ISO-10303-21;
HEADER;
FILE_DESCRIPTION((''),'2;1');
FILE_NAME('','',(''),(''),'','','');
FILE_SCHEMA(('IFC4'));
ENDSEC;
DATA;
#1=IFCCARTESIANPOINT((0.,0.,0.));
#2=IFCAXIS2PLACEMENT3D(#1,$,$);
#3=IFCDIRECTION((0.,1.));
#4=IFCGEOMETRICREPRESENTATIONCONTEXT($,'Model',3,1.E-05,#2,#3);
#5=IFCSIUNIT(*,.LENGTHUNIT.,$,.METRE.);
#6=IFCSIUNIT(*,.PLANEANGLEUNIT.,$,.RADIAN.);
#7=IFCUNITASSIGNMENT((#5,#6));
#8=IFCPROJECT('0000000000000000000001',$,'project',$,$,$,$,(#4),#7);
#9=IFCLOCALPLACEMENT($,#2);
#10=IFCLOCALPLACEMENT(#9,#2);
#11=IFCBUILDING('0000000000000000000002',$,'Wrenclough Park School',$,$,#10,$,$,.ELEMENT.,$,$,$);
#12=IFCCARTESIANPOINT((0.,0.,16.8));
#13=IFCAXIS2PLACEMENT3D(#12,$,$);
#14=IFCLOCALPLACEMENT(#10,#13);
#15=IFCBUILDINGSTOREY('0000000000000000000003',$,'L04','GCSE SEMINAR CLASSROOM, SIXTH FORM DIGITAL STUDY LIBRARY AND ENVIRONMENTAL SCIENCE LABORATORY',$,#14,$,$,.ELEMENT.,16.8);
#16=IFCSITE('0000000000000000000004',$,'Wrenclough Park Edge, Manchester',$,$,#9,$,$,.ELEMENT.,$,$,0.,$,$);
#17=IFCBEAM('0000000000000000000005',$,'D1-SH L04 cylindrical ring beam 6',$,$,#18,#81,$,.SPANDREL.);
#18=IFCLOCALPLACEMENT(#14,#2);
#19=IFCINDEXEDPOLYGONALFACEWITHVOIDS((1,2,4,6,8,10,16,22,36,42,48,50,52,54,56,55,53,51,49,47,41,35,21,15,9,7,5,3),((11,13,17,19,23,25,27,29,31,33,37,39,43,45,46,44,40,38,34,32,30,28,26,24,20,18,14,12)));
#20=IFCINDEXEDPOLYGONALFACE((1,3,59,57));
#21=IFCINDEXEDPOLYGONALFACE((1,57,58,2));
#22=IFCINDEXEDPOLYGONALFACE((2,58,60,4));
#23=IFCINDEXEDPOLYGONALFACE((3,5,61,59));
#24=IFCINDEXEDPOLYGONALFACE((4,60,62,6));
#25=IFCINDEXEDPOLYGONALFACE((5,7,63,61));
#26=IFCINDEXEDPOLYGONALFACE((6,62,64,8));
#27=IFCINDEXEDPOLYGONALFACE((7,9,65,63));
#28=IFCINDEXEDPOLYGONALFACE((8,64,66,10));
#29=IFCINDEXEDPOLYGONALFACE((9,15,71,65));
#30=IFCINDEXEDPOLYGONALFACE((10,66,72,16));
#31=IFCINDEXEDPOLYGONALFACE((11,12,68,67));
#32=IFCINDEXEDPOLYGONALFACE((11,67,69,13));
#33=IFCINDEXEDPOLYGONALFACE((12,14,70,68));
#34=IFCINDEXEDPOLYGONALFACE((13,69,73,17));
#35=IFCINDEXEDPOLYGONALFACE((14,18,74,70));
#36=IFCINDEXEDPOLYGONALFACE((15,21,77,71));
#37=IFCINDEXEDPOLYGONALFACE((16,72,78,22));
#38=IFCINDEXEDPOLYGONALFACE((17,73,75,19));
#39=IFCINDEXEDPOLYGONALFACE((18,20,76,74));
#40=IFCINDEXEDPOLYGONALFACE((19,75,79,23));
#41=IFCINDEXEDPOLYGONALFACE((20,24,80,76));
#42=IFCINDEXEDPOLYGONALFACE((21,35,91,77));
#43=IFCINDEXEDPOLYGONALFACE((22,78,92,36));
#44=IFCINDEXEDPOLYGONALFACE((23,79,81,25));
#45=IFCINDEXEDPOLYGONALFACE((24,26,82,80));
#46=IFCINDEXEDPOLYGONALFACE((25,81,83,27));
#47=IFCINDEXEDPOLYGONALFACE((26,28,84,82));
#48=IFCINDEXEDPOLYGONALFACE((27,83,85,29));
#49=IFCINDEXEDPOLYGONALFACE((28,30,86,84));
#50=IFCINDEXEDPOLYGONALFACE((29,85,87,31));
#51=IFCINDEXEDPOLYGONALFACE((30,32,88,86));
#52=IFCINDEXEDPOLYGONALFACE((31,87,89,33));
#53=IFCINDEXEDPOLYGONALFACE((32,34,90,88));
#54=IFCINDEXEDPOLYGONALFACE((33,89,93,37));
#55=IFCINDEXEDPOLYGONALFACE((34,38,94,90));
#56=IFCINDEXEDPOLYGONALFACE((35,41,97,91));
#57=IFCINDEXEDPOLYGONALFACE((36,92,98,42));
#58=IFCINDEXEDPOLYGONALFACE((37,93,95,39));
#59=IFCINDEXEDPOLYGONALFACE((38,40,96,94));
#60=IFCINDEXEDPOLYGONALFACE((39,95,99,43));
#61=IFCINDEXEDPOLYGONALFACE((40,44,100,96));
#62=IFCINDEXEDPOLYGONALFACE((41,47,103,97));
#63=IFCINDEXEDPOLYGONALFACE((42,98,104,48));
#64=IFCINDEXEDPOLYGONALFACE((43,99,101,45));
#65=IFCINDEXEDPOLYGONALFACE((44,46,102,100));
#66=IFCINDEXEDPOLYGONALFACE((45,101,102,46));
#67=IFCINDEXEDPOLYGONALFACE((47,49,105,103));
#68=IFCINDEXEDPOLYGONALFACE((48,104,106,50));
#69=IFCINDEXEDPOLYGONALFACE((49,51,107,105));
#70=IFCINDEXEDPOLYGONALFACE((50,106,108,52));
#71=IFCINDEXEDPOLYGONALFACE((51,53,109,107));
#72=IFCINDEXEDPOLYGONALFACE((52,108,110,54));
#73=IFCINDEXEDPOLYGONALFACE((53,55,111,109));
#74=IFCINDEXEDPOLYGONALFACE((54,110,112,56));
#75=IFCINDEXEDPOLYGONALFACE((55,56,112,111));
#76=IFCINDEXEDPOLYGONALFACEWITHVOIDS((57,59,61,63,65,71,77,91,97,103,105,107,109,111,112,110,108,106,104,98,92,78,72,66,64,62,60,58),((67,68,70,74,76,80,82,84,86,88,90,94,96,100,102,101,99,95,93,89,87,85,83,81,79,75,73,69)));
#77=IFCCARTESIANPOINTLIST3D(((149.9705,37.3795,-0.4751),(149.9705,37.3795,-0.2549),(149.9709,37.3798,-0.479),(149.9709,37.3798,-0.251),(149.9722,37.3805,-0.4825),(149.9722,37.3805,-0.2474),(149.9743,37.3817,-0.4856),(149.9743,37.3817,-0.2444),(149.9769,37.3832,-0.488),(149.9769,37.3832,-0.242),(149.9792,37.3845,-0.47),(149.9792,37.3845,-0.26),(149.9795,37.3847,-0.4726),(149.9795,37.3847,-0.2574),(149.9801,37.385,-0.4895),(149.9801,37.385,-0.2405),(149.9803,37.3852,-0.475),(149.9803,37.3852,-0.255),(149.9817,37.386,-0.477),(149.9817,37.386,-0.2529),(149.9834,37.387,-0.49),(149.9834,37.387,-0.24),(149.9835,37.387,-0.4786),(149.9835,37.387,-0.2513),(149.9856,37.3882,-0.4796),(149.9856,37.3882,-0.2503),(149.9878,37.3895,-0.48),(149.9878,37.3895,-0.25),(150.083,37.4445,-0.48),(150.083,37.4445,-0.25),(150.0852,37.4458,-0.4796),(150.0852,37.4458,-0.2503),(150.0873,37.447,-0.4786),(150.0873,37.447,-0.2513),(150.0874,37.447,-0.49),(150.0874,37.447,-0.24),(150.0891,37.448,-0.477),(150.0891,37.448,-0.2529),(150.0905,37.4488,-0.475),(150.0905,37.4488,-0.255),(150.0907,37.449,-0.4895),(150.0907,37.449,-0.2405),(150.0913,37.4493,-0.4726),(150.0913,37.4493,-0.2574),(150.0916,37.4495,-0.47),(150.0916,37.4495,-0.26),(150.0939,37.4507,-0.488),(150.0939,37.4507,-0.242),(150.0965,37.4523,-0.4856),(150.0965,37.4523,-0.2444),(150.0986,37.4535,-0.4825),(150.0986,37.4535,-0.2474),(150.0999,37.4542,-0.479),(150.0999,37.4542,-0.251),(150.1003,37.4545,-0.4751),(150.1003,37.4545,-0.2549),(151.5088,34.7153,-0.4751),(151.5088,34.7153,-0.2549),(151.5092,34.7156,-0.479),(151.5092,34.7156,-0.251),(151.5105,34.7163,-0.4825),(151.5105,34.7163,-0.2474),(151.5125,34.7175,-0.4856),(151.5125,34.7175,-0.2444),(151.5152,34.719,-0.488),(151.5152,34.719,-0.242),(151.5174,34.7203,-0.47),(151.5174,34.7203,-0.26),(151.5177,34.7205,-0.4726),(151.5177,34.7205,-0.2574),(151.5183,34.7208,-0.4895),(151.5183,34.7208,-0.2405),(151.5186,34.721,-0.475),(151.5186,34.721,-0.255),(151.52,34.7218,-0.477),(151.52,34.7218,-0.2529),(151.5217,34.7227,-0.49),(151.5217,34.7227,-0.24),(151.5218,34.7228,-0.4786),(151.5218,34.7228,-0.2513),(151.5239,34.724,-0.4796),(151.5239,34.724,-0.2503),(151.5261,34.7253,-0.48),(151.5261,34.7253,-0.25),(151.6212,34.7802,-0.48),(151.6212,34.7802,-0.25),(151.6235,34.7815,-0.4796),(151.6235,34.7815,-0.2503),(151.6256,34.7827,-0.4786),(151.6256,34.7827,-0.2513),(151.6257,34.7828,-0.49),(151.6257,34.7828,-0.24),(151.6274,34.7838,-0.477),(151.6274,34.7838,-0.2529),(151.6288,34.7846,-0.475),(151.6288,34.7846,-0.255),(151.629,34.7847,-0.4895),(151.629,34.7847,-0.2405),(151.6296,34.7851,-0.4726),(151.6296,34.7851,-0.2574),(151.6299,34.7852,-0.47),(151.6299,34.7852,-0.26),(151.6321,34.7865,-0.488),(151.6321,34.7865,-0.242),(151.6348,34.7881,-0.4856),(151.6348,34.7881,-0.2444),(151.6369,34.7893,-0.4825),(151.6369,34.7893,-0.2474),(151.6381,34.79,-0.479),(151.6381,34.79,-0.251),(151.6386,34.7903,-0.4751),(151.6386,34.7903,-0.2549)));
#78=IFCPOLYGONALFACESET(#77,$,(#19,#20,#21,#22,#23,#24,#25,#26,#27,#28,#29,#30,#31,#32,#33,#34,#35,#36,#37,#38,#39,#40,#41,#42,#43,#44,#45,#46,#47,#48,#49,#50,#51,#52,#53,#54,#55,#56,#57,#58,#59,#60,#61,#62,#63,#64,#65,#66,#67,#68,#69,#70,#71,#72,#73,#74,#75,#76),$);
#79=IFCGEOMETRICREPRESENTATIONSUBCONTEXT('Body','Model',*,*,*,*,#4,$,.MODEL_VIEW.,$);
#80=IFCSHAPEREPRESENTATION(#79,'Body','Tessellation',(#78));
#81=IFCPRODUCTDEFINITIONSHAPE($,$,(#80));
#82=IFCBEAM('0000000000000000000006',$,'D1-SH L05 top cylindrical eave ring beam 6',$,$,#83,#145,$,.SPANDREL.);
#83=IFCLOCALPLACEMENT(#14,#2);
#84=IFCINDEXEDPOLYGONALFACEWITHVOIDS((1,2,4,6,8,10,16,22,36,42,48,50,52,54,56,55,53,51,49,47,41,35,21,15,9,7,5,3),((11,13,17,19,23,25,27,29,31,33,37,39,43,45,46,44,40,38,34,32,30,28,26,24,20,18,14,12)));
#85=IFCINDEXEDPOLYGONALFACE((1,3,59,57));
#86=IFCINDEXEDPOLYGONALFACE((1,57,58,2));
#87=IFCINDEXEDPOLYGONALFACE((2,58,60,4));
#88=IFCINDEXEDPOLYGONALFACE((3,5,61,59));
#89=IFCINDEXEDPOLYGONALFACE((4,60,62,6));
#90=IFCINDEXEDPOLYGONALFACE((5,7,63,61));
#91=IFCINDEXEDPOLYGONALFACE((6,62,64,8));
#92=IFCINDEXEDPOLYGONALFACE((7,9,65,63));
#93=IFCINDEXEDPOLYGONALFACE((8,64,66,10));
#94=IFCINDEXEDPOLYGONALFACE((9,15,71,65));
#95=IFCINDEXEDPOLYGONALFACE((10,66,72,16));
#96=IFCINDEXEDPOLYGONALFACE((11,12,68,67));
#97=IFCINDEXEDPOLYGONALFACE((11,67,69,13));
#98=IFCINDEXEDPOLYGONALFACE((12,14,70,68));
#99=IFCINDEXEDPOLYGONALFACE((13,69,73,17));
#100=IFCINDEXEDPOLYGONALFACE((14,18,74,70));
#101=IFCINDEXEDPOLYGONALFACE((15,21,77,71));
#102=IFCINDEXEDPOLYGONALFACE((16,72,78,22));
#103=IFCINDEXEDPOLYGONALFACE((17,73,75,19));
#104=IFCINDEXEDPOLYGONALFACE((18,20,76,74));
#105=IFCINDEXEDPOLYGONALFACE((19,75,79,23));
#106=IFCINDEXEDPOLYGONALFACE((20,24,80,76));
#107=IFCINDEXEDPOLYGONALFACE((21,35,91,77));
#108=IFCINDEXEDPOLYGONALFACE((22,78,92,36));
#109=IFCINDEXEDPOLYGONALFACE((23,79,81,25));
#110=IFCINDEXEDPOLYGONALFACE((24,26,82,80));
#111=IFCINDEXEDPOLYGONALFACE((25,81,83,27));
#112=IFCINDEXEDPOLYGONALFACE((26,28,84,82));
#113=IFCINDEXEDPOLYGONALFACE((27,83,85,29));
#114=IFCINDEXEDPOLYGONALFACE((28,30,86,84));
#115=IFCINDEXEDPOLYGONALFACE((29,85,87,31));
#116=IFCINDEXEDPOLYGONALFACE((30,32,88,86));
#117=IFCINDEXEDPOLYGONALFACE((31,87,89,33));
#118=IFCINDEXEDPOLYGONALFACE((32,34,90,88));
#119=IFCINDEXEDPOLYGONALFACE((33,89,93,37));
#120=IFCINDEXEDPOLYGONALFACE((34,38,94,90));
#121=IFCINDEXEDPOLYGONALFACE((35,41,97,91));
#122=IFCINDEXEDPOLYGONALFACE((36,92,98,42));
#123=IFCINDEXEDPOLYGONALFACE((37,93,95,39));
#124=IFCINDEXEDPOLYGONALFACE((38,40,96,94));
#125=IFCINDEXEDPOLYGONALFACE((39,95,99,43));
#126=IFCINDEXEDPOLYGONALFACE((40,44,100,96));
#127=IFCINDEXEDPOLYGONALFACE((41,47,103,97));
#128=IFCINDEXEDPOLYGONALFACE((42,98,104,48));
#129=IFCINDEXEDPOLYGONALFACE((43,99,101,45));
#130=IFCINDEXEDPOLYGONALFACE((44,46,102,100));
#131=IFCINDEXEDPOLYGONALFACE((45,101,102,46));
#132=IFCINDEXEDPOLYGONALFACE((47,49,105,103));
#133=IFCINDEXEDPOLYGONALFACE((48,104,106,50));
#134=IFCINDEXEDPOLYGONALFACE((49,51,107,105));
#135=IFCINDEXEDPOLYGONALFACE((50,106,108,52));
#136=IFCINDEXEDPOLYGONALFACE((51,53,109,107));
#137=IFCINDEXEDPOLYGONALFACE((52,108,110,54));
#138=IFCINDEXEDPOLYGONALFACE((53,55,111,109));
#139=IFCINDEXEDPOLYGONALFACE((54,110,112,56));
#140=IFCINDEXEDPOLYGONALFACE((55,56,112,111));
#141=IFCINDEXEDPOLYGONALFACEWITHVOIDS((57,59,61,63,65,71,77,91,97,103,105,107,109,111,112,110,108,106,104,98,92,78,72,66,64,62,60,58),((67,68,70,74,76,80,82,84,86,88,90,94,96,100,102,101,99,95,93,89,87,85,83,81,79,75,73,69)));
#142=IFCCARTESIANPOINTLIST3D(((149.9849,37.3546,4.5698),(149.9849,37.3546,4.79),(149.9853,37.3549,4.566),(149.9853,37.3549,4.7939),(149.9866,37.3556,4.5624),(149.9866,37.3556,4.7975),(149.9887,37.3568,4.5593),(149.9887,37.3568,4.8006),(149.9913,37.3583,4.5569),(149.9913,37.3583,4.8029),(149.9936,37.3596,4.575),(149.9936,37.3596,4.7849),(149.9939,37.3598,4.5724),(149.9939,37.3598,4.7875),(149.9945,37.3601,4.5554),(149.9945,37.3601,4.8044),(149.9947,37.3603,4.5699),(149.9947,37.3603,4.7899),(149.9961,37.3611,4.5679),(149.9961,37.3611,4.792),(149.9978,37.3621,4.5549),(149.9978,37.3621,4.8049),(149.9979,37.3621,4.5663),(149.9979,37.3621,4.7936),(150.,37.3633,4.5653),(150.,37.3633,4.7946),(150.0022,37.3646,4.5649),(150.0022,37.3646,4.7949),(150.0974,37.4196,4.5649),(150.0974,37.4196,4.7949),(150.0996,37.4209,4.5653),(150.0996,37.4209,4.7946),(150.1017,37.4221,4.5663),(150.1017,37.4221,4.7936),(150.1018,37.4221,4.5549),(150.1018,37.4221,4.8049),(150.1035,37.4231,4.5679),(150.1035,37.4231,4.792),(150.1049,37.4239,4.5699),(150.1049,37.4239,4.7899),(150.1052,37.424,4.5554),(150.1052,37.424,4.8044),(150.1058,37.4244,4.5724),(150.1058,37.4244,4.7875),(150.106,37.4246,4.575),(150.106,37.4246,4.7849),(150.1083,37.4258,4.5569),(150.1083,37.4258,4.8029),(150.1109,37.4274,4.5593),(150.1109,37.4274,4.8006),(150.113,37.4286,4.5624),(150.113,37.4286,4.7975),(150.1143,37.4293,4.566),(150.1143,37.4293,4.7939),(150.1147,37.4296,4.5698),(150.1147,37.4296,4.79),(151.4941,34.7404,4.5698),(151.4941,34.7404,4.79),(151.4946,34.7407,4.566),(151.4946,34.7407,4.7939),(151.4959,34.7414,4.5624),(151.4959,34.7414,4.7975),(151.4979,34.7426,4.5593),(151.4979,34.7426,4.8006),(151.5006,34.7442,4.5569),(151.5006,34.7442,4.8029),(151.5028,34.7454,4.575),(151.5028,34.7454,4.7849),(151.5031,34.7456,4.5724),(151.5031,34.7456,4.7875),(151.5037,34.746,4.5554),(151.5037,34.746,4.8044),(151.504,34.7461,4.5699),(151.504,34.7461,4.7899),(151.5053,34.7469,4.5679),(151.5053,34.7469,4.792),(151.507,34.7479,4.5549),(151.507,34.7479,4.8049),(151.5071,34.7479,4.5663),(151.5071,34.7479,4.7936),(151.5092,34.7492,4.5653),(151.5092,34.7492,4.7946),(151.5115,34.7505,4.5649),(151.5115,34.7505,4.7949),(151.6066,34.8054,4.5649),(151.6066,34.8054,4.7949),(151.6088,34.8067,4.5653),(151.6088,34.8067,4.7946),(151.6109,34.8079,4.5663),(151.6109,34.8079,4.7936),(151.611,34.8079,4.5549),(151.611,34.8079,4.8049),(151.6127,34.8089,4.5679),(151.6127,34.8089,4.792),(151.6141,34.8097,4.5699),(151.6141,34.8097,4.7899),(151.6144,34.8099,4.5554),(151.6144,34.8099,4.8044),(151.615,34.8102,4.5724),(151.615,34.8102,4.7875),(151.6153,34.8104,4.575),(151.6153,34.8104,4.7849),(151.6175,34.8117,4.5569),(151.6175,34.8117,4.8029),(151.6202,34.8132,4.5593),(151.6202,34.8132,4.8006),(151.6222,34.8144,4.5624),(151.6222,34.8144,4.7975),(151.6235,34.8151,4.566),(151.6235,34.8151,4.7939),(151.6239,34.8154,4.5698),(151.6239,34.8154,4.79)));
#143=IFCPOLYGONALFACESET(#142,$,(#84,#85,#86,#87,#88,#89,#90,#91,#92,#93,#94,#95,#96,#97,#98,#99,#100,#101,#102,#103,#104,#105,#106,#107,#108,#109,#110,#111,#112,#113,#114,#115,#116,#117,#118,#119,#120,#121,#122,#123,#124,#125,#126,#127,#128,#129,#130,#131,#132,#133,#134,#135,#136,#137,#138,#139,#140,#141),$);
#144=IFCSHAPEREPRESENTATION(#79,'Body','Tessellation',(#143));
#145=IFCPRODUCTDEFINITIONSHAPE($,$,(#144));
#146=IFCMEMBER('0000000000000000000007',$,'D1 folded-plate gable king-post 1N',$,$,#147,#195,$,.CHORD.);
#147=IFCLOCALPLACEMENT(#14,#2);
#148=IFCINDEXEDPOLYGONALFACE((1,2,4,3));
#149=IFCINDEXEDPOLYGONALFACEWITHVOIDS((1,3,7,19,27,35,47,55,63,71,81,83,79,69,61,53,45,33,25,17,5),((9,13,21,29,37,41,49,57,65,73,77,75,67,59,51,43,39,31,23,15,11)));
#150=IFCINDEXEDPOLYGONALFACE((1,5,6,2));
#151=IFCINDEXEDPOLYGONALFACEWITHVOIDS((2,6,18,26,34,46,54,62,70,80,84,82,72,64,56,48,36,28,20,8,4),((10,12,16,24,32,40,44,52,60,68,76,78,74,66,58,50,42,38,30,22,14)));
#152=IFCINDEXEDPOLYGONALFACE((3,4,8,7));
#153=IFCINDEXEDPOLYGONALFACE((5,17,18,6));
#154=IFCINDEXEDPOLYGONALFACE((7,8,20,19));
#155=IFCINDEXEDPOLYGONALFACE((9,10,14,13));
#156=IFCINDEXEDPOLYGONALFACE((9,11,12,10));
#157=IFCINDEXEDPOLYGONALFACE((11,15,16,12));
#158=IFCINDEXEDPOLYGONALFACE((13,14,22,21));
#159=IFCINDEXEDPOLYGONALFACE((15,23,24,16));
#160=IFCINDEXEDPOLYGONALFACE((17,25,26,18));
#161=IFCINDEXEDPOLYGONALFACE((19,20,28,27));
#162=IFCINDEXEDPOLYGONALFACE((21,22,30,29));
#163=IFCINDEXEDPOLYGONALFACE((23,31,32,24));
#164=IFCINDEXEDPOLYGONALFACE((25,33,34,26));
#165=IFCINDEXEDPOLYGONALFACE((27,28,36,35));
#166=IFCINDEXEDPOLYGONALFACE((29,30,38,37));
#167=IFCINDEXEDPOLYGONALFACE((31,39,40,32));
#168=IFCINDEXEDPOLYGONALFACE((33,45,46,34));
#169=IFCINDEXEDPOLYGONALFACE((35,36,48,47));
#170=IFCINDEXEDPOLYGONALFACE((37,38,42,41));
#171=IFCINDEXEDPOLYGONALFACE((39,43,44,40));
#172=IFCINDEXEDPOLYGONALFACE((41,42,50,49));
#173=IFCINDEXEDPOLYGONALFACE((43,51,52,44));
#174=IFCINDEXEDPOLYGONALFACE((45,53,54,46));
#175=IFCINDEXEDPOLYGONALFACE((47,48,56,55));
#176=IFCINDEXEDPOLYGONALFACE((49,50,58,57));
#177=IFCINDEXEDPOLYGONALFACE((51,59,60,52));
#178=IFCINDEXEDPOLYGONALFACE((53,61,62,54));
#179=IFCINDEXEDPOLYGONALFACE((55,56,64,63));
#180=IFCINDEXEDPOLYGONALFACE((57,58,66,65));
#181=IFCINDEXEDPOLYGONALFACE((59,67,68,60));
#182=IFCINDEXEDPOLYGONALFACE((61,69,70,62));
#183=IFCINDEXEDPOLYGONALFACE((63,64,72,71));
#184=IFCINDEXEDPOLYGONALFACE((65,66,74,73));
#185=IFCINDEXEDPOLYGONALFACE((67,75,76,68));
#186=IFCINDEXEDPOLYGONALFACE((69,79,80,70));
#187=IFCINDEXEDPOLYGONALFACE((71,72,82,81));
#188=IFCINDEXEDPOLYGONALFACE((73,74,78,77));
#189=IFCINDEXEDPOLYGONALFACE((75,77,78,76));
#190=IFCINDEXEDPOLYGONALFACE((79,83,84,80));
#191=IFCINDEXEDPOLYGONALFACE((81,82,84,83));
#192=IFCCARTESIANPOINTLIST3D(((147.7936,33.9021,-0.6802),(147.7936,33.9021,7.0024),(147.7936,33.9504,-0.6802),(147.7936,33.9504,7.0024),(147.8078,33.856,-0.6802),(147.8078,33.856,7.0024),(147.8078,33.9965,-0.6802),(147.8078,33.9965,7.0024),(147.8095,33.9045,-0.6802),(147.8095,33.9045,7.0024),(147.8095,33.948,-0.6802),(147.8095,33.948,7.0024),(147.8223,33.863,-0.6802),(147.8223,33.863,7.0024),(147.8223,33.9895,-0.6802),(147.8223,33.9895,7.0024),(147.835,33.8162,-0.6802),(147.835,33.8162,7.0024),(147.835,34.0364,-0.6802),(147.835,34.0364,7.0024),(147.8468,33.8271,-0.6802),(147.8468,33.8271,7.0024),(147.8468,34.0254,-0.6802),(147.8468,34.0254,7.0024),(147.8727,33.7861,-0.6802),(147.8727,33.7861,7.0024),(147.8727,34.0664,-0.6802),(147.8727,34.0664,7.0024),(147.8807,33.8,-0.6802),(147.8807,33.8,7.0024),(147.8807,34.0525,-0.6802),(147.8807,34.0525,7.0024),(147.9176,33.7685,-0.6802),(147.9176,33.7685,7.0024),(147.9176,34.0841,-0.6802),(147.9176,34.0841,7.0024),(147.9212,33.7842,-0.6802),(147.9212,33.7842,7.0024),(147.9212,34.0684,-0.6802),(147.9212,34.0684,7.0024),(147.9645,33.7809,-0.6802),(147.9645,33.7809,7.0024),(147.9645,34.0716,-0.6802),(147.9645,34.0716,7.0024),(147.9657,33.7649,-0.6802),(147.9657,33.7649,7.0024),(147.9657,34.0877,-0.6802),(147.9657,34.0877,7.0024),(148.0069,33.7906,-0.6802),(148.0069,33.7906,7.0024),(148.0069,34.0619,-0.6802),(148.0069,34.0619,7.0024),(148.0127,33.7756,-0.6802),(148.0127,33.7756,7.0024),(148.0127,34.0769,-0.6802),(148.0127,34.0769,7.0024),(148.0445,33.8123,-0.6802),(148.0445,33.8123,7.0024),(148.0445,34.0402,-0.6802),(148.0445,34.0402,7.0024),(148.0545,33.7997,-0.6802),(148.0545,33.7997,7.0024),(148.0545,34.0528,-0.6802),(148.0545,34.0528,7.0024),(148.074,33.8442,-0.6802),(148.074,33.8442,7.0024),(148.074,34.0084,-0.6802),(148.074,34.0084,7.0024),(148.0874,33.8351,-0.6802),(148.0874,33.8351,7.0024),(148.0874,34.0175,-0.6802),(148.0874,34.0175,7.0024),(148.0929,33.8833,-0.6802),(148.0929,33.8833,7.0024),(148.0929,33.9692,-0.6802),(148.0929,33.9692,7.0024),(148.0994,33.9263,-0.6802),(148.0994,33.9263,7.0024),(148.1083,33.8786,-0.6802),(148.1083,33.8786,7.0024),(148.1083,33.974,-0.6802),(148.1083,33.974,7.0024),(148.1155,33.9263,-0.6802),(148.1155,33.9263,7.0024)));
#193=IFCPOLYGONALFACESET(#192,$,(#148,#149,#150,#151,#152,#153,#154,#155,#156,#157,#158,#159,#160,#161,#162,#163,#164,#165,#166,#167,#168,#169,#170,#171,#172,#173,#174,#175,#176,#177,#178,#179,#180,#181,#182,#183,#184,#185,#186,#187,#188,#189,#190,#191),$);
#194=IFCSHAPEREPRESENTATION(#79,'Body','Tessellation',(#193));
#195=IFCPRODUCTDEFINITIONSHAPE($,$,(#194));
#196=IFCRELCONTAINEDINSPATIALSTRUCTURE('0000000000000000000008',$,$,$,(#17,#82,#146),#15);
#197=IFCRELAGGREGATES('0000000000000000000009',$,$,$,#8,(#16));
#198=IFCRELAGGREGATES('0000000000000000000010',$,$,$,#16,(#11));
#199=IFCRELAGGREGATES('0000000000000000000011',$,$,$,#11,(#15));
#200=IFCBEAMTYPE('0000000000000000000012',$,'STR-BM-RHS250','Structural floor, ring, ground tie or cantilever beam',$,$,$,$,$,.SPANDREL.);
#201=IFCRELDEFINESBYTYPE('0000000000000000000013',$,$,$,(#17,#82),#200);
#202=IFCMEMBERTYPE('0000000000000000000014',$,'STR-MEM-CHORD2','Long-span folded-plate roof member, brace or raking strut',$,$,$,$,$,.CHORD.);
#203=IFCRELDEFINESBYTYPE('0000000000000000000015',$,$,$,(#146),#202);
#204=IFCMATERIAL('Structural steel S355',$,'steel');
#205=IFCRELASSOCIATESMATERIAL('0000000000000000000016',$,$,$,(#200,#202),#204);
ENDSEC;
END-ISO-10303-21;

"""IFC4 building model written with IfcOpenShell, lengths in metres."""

from ifc_helpers import new_model, si_unit, direction, frame, origin, origin_2d, place, context, subcontext, project, spatial, hollow_rectangle, hollow_circle, extrude, material, material_profile, profile_set, type_object, element, save


model = new_model("IFC4")

# Units and contexts
model_context = context("Model", 3, precision=1e-05, world=origin(), true_north=direction((0.0, 1.0)))
body_context = subcontext(model_context, "Body", "Model", "MODEL_VIEW")
ifc_project = project(units=[si_unit("LENGTHUNIT", "METRE"), si_unit("PLANEANGLEUNIT", "RADIAN")], contexts=[model_context])

# Site, building, storey
site_placement = place(None, origin())
site = spatial("IfcSite", under=ifc_project, at=site_placement, Name="Wrenclough Park Edge, Manchester", CompositionType="ELEMENT", RefElevation=0.0)
building_placement = place(site_placement, origin())
building = spatial("IfcBuilding", under=site, at=building_placement, Name="Wrenclough Park School", CompositionType="ELEMENT")
storey_placement = place(building_placement, frame((0.0, 0.0, 16.8)))
storey = spatial("IfcBuildingStorey", under=building, at=storey_placement, Name="L04", Description="GCSE SEMINAR CLASSROOM, SIXTH FORM DIGITAL STUDY LIBRARY AND ENVIRONMENTAL SCIENCE LABORATORY", CompositionType="ELEMENT", Elevation=16.8)

# Shared definitions
ifc_material_1 = material(Name="Structural steel S355", Category="steel")

# Beams
ifc_material_profile_1 = material_profile(ifc_material_1, hollow_rectangle(XDim=0.1499, YDim=0.25, WallThickness=0.01, InnerFilletRadius=0.01, OuterFilletRadius=0.0149, at=origin_2d()), Name="RHS 250x150x10.0")
ifc_profile_set_1 = profile_set([ifc_material_profile_1], Name="Structural steel S355")
beam_type = type_object("IfcBeamType", Name="STR-BM-RHS250", Description="Structural floor, ring, ground tie or cantilever beam", PredefinedType="SPANDREL", material=ifc_profile_set_1)
beam_1_placement = place(storey_placement, frame((150.0354, 37.417, -0.365), z_axis=(0.500022, -0.866012, 0.0), x_axis=(0.866012, 0.500022, 0.0)))
element("IfcBeam", 1, at=beam_1_placement, inside=storey, type_object=beam_type, Name="D1-SH L04 cylindrical ring beam 6", PredefinedType="SPANDREL", context=body_context, shape_type="SweptSolid", body=[
    extrude(hollow_rectangle(XDim=0.1499, YDim=0.25, WallThickness=0.01, InnerFilletRadius=0.01, OuterFilletRadius=0.0149, at=origin_2d()), origin(), (0.0, 0.0, 1.0), 3.0764),
])
beam_2_placement = place(storey_placement, frame((150.0498, 37.3921, 4.6799), z_axis=(0.499984, -0.866035, 0.0), x_axis=(0.866035, 0.499984, 0.0)))
element("IfcBeam", 2, at=beam_2_placement, inside=storey, type_object=beam_type, Name="D1-SH L05 top cylindrical eave ring beam 6", PredefinedType="SPANDREL", context=body_context, shape_type="SweptSolid", body=[
    extrude(hollow_rectangle(XDim=0.1499, YDim=0.25, WallThickness=0.01, InnerFilletRadius=0.01, OuterFilletRadius=0.0149, at=origin_2d()), origin(), (0.0, 0.0, 1.0), 3.0186),
])

# Member
ifc_material_profile_2 = material_profile(ifc_material_1, hollow_circle(Radius=0.1619, WallThickness=0.0161, at=origin_2d()), Name="CHS 323.9x16.0")
ifc_profile_set_2 = profile_set([ifc_material_profile_2], Name="Structural steel S355")
member_type_1 = type_object("IfcMemberType", Name="STR-MEM-CHORD2", Description="Long-span folded-plate roof member, brace or raking strut", PredefinedType="CHORD", material=ifc_profile_set_2)
member_1_placement = place(storey_placement, frame((147.9536, 33.9263, -0.6802), z_axis=(0.0, 0.0, 1.0), x_axis=(1.0, 0.0, 0.0)))
element("IfcMember", 3, at=member_1_placement, inside=storey, type_object=member_type_1, Name="D1 folded-plate gable king-post 1N", PredefinedType="CHORD", context=body_context, shape_type="SweptSolid", body=[
    extrude(hollow_circle(Radius=0.1619, WallThickness=0.0161, at=origin_2d()), origin(), (0.0, 0.0, 1.0), 7.6826),
])

save(model, "model.ifc")
